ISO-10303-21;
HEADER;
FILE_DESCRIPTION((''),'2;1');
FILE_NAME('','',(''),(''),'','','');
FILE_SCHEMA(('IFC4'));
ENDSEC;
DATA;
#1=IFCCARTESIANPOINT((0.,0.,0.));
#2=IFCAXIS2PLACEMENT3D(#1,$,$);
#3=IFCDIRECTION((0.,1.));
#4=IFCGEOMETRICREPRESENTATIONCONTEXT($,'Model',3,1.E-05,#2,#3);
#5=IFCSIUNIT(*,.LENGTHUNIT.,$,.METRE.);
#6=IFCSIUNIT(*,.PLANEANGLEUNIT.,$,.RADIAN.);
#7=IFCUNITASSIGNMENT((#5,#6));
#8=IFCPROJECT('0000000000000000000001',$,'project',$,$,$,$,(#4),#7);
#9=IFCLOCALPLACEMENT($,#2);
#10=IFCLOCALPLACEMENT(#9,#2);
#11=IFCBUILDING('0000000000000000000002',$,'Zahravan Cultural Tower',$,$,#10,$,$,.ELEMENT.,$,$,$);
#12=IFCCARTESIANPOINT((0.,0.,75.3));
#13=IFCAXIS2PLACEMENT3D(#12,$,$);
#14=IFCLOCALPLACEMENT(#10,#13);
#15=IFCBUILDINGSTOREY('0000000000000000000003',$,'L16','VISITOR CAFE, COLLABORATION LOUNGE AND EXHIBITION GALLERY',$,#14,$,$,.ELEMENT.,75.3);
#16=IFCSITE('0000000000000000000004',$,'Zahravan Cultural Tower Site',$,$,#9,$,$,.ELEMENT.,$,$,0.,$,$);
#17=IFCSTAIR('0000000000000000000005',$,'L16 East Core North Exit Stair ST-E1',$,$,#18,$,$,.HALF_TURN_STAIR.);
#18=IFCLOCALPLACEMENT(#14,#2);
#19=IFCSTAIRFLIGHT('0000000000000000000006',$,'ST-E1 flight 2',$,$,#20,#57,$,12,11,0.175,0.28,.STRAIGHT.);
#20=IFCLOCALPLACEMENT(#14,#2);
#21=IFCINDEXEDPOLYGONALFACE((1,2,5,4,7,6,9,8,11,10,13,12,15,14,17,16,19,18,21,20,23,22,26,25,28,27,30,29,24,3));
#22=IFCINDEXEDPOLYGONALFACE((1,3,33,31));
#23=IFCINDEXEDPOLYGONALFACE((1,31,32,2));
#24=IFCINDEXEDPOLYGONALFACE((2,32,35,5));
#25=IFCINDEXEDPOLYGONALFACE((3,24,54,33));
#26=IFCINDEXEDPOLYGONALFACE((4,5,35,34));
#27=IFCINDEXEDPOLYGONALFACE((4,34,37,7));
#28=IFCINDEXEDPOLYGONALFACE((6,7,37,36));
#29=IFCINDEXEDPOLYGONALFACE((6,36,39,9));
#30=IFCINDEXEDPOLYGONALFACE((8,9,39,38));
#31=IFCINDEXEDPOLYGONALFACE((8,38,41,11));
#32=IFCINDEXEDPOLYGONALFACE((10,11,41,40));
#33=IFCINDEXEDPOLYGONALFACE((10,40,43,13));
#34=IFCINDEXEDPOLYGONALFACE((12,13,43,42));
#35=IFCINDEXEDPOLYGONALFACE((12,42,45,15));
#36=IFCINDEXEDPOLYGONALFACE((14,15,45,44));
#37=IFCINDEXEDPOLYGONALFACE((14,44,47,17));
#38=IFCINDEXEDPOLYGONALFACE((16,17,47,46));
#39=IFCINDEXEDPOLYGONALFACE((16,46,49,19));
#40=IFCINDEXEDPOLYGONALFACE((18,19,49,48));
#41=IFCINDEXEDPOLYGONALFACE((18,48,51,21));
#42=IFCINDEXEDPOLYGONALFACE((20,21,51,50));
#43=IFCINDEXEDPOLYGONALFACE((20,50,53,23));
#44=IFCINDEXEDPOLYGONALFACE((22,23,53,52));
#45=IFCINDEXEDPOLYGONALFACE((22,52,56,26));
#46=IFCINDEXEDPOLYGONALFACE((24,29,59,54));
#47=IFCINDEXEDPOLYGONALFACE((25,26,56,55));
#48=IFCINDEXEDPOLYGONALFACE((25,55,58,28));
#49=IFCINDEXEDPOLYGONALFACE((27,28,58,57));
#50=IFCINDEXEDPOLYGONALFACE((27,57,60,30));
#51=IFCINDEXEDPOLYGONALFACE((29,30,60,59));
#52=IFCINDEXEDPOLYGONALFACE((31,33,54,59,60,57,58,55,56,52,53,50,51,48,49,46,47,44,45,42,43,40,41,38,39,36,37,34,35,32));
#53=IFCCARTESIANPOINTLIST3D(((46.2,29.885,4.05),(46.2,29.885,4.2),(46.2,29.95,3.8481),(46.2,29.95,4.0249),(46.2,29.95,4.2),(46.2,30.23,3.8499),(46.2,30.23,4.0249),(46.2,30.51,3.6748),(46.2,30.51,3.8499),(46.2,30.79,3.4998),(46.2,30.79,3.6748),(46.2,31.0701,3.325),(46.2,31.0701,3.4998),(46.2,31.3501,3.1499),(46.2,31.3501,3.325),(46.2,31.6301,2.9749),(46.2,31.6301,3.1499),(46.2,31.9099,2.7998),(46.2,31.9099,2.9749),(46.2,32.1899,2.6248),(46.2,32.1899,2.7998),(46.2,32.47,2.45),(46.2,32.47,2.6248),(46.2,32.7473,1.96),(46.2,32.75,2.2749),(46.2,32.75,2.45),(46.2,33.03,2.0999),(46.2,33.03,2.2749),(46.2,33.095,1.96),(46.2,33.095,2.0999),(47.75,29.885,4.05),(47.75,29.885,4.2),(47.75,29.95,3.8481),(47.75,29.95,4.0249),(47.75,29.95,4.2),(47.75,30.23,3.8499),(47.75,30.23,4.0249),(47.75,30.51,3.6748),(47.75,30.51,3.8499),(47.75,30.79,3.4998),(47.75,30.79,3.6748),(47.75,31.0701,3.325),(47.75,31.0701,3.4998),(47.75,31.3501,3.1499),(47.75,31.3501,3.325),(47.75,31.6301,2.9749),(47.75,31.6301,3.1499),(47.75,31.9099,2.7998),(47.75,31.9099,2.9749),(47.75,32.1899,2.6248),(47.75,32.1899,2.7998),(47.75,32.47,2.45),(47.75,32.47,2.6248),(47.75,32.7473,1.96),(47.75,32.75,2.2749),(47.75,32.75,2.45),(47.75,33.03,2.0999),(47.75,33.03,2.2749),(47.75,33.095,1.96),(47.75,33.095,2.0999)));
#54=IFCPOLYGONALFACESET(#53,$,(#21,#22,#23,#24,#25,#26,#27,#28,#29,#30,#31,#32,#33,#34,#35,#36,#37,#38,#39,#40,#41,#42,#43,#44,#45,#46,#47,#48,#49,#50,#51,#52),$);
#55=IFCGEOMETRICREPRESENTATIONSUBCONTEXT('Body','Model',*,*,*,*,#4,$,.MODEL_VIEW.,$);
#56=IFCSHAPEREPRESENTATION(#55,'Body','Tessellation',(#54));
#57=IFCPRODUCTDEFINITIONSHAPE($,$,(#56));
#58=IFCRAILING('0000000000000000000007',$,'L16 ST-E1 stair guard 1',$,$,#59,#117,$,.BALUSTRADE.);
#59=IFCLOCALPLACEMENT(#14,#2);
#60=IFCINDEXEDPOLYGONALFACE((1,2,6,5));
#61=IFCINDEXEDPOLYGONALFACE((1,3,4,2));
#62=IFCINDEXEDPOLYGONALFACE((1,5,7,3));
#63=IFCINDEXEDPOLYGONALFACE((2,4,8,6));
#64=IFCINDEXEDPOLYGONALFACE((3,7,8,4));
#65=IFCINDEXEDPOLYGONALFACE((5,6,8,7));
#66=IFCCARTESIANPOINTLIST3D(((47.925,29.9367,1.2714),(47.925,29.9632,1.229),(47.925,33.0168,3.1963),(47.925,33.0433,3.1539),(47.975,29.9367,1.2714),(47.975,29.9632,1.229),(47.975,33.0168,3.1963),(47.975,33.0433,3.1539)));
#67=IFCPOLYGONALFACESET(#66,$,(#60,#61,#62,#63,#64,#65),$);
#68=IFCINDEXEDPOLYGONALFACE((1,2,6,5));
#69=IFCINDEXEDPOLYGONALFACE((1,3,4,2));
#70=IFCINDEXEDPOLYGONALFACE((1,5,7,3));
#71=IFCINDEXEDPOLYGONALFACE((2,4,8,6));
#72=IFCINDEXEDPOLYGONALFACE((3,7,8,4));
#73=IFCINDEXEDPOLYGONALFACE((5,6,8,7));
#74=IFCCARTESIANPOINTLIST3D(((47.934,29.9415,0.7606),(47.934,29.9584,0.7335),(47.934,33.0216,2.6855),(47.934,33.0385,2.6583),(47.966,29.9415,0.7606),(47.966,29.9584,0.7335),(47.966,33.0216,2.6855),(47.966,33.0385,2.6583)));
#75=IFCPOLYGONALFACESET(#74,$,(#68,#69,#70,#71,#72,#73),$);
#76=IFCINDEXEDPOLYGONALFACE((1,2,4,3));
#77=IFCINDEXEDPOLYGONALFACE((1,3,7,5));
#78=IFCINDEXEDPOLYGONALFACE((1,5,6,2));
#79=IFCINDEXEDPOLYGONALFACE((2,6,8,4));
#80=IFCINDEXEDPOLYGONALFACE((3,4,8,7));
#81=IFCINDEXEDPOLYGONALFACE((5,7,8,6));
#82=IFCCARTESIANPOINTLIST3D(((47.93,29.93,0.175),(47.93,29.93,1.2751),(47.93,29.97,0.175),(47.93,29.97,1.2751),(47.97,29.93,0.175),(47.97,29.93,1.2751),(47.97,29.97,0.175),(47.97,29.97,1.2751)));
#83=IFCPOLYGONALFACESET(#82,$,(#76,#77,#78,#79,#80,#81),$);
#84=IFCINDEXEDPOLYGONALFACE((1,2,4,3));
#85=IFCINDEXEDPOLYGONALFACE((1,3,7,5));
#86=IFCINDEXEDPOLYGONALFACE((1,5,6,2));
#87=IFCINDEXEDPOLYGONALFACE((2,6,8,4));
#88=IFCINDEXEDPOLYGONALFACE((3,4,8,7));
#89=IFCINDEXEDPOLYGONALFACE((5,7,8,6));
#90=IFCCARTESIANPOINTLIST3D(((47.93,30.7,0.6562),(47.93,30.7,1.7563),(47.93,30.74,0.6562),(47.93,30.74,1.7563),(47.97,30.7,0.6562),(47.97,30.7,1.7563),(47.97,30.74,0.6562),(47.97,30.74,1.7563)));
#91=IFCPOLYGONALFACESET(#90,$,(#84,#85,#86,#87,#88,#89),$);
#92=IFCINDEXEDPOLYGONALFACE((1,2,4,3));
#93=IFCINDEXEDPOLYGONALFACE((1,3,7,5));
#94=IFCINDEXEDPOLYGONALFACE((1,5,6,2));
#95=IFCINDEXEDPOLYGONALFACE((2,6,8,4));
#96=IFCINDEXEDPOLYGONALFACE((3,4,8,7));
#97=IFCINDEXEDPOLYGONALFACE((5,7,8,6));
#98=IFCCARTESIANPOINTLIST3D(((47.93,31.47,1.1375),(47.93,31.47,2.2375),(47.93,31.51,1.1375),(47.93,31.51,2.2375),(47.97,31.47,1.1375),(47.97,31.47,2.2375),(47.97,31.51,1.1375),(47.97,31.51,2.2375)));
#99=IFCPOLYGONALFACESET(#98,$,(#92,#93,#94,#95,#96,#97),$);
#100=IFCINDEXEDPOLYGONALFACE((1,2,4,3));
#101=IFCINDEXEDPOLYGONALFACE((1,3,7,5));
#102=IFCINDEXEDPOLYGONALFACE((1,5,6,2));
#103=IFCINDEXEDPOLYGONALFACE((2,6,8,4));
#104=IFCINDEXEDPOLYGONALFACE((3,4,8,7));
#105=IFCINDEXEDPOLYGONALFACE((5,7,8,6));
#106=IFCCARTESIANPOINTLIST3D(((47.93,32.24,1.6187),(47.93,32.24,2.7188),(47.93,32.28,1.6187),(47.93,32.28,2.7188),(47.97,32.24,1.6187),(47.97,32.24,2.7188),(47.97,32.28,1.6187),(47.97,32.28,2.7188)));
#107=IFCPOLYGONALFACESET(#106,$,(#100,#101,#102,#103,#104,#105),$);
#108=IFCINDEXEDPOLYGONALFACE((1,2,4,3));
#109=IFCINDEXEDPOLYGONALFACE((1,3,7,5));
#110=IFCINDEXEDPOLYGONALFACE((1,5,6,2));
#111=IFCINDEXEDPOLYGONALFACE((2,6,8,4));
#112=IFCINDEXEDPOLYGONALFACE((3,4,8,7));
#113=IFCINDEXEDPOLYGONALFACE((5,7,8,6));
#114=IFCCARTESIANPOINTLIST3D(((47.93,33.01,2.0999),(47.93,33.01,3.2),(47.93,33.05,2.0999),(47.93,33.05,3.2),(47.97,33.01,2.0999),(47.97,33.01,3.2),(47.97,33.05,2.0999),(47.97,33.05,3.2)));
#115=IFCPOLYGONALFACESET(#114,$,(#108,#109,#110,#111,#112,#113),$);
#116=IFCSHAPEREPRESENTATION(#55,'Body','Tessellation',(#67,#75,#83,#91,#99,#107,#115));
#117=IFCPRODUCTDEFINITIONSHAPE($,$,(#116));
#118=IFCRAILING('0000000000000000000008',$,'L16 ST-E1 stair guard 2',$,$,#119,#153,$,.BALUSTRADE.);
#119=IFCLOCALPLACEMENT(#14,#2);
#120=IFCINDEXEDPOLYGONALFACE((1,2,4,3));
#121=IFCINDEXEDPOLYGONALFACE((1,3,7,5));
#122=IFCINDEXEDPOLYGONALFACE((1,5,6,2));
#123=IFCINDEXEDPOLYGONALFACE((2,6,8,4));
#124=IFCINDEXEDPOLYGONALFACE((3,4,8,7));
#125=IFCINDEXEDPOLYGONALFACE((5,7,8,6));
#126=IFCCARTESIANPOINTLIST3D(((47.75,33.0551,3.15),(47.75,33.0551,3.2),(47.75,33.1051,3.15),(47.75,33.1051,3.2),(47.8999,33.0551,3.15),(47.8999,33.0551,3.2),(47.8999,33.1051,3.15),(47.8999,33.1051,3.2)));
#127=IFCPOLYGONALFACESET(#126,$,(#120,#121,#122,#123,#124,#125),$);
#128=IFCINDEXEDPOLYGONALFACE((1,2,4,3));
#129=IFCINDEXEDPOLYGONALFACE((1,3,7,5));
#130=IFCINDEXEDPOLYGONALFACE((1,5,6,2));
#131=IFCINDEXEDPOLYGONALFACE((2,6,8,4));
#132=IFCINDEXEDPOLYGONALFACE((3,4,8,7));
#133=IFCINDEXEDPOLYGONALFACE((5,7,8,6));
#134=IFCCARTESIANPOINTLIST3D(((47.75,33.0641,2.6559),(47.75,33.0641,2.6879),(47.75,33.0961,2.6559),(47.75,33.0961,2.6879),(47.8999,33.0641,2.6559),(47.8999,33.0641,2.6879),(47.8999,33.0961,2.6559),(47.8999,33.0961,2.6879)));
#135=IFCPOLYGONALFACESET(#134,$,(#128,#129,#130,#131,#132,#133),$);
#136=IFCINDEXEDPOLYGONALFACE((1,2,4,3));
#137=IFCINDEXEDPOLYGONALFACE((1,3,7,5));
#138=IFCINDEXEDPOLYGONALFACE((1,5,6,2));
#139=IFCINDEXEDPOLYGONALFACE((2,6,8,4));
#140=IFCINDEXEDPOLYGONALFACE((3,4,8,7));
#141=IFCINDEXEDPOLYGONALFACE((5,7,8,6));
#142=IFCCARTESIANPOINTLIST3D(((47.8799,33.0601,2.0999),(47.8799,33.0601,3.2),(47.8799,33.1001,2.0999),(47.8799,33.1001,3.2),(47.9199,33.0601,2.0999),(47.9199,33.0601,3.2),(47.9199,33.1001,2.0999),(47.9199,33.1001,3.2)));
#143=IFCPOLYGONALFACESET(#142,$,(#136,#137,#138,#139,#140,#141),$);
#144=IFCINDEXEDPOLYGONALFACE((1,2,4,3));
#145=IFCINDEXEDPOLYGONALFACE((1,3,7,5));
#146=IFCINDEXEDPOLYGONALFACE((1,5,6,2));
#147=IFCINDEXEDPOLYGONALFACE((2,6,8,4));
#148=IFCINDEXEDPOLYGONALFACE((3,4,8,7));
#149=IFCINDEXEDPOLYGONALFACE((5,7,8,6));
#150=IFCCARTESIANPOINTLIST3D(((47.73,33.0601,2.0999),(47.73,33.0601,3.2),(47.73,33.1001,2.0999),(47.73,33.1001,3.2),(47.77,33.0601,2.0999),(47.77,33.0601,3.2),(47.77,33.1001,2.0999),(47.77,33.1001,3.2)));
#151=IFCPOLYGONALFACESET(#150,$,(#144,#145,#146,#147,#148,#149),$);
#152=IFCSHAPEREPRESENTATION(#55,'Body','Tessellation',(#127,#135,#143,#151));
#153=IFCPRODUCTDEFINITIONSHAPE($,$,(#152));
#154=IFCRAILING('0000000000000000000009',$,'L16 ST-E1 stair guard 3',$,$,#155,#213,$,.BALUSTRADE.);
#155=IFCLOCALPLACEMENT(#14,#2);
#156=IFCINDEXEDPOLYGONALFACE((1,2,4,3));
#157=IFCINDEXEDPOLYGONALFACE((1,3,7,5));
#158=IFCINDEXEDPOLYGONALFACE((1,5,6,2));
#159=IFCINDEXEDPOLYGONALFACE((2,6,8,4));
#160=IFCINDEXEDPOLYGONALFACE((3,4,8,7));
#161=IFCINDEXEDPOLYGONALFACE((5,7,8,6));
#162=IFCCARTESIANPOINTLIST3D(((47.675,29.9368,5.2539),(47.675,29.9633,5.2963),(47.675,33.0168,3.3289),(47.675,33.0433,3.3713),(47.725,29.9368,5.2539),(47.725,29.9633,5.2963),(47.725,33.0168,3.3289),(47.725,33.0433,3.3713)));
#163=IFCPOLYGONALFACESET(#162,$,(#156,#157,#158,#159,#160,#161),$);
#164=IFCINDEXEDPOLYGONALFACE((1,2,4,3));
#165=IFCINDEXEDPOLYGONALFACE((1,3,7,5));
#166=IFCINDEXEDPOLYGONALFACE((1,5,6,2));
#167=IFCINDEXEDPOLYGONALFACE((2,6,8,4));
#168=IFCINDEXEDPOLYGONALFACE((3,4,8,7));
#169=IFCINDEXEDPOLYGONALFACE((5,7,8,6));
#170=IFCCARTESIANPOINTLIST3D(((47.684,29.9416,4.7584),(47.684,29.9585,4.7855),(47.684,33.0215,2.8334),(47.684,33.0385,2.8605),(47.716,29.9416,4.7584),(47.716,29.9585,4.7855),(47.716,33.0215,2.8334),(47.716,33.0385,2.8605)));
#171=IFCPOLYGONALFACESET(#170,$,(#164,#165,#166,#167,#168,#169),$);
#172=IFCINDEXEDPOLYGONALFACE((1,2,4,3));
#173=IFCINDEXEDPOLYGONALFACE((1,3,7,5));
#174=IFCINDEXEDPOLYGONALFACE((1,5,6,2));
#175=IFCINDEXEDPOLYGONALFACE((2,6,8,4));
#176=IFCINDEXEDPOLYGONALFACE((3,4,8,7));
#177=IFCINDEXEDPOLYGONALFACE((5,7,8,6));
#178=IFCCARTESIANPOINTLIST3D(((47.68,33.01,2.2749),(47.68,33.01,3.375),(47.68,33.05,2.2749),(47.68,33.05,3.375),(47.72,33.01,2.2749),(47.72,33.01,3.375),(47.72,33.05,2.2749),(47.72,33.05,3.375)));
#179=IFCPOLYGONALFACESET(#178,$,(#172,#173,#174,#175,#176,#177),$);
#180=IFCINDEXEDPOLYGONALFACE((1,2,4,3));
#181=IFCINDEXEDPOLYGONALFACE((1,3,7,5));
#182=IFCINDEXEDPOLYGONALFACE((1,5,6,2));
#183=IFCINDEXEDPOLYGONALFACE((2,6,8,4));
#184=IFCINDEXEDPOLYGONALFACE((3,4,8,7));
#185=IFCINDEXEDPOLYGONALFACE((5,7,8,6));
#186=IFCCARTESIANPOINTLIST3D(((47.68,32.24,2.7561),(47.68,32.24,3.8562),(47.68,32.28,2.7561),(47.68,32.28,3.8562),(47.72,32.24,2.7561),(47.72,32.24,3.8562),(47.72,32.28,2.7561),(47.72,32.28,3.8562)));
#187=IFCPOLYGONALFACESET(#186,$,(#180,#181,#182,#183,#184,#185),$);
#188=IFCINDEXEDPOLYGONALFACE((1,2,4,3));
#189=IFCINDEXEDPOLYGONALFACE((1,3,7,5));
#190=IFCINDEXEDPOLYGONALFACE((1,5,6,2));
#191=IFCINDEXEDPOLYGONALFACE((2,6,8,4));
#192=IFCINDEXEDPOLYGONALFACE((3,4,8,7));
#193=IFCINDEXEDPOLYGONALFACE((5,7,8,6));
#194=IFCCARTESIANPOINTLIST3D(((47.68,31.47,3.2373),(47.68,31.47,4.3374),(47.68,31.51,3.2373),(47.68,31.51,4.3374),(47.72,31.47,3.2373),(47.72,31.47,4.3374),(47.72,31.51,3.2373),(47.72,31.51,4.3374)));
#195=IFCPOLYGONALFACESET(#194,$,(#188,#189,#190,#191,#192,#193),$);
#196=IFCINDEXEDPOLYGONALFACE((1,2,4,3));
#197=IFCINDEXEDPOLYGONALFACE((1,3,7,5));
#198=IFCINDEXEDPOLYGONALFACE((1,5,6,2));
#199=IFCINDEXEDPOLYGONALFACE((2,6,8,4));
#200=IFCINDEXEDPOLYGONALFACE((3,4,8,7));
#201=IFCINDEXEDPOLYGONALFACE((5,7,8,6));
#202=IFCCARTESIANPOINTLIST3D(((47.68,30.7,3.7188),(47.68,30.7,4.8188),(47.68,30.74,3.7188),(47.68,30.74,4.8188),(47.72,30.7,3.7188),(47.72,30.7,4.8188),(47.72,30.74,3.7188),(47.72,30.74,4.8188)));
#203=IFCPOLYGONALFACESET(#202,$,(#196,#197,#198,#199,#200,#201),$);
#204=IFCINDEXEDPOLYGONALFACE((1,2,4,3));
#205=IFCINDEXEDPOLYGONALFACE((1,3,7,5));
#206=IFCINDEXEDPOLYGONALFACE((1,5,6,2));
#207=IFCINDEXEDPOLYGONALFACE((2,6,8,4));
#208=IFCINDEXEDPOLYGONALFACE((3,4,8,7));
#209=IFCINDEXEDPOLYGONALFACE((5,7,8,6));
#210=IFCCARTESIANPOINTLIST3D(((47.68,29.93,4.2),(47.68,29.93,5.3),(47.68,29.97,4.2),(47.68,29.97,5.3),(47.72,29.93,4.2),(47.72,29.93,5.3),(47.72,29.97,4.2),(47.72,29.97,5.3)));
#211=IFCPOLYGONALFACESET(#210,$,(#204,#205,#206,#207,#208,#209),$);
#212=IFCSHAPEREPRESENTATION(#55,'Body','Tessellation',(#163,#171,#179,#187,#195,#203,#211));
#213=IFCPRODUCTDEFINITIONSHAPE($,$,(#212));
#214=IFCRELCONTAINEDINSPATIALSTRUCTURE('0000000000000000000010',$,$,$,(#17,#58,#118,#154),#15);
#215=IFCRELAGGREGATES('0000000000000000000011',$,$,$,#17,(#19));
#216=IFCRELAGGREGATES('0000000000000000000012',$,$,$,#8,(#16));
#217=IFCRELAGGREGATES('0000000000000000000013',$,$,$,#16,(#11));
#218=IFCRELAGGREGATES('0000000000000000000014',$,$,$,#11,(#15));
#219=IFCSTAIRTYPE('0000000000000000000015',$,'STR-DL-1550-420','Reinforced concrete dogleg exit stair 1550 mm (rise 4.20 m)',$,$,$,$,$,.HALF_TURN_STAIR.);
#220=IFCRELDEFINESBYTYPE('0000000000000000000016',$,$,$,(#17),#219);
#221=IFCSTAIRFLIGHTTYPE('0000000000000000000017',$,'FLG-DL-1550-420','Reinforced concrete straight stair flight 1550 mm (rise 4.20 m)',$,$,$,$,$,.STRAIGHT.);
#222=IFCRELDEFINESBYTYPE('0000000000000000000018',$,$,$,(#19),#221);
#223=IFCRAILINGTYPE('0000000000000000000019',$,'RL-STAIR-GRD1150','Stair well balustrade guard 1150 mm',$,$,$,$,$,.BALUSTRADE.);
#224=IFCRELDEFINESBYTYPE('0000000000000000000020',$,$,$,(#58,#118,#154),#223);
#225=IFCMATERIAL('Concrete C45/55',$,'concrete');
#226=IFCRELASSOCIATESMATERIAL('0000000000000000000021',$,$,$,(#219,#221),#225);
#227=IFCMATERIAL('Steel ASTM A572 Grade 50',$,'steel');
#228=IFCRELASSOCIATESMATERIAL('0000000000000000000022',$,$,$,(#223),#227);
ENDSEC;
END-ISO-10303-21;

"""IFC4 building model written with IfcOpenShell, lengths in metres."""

from ifc_helpers import new_model, si_unit, direction, frame, origin, origin_2d, place, context, subcontext, project, spatial, polyline, rectangle, outline, extrude, material, type_object, element, aggregate, save


model = new_model("IFC4")

# Units and contexts
model_context = context("Model", 3, precision=1e-05, world=origin(), true_north=direction((0.0, 1.0)))
body_context = subcontext(model_context, "Body", "Model", "MODEL_VIEW")
ifc_project = project(units=[si_unit("LENGTHUNIT", "METRE"), si_unit("PLANEANGLEUNIT", "RADIAN")], contexts=[model_context])

# Site, building, storey
site_placement = place(None, origin())
site = spatial("IfcSite", under=ifc_project, at=site_placement, Name="Zahravan Cultural Tower Site", CompositionType="ELEMENT", RefElevation=0.0)
building_placement = place(site_placement, origin())
building = spatial("IfcBuilding", under=site, at=building_placement, Name="Zahravan Cultural Tower", CompositionType="ELEMENT")
storey_placement = place(building_placement, frame((0.0, 0.0, 75.3)))
storey = spatial("IfcBuildingStorey", under=building, at=storey_placement, Name="L16", Description="VISITOR CAFE, COLLABORATION LOUNGE AND EXHIBITION GALLERY", CompositionType="ELEMENT", Elevation=75.3)

# Shared definitions
ifc_material_1 = material(Name="Steel ASTM A572 Grade 50", Category="steel")
ifc_material_2 = material(Name="Concrete C45/55", Category="concrete")

# Stair, stair flight
stair_type = type_object("IfcStairType", Name="STR-DL-1550-420", Description="Reinforced concrete dogleg exit stair 1550 mm (rise 4.20 m)", PredefinedType="HALF_TURN_STAIR", material=ifc_material_2)
stair_placement = place(storey_placement, origin())
stair = element("IfcStair", 1, at=stair_placement, inside=storey, type_object=stair_type, Name="L16 East Core North Exit Stair ST-E1", PredefinedType="HALF_TURN_STAIR")
stair_flight_type = type_object("IfcStairFlightType", Name="FLG-DL-1550-420", Description="Reinforced concrete straight stair flight 1550 mm (rise 4.20 m)", PredefinedType="STRAIGHT", material=ifc_material_2)
stair_flight_1_placement = place(storey_placement, frame((46.9751, 33.03, 2.0999), z_axis=(0.0, 0.0, 1.0), x_axis=(0.0, -1.0, 0.0)))
stair_flight_1 = element("IfcStairFlight", 2, at=stair_flight_1_placement, type_object=stair_flight_type, Name="ST-E1 flight 2", NumberOfRisers=12, NumberOfTreads=11, PredefinedType="STRAIGHT", RiserHeight=0.175, TreadLength=0.28, context=body_context, shape_type="SweptSolid", body=[
    extrude(outline(polyline([(-0.0649, -0.1399), (-0.0649, 0.0), (0.0, 0.0), (0.0, 0.175), (0.28, 0.175), (0.28, 0.3501), (0.5601, 0.3501), (0.5601, 0.5249), (0.8401, 0.5249), (0.8401, 0.7), (1.1201, 0.7), (1.1201, 0.875), (1.3999, 0.875), (1.3999, 1.05), (1.6799, 1.05), (1.6799, 1.2251), (1.96, 1.2251), (1.96, 1.3999), (2.24, 1.3999), (2.24, 1.575), (2.52, 1.575), (2.52, 1.75), (2.8, 1.75), (2.8, 1.925), (3.0801, 1.925), (3.0801, 2.1001), (3.145, 2.1001), (3.145, 1.9502), (3.0801, 1.7483), (0.2827, -0.1399), (-0.0649, -0.1399)])), frame((0.0, 0.7749, 0.0), z_axis=(0.0, -1.0, 0.0), x_axis=(1.0, 0.0, 0.0)), (0.0, 0.0, 1.0), 1.55),
])
aggregate(stair, [stair_flight_1])

# Railings
railing_type_1 = type_object("IfcRailingType", Name="RL-STAIR-GRD1150", Description="Stair well balustrade guard 1150 mm", PredefinedType="BALUSTRADE", material=ifc_material_1)
railing_1_placement = place(storey_placement, frame((47.95, 29.95, 0.175)))
element("IfcRailing", 3, at=railing_1_placement, inside=storey, type_object=railing_type_1, Name="L16 ST-E1 stair guard 1", PredefinedType="BALUSTRADE", context=body_context, shape_type="SweptSolid", body=[
    extrude(rectangle(XDim=0.05, YDim=0.05, at=origin_2d()), frame((0.0, 0.0, 1.0752), z_axis=(0.0, 0.848029, 0.529951), x_axis=(-1.0, 0.0, 0.0)), (0.0, 0.0, 1.0), 3.6321),
    extrude(rectangle(XDim=0.032, YDim=0.032, at=origin_2d()), frame((0.0, 0.0, 0.572), z_axis=(0.0, 0.848029, 0.529951), x_axis=(-1.0, 0.0, 0.0)), (0.0, 0.0, 1.0), 3.6321),
    extrude(rectangle(XDim=0.04, YDim=0.04, at=origin_2d()), origin(), (0.0, 0.0, 1.0), 1.1001),
    extrude(rectangle(XDim=0.04, YDim=0.04, at=origin_2d()), frame((0.0, 0.77, 0.4812)), (0.0, 0.0, 1.0), 1.1001),
    extrude(rectangle(XDim=0.04, YDim=0.04, at=origin_2d()), frame((0.0, 1.54, 0.9624)), (0.0, 0.0, 1.0), 1.1001),
    extrude(rectangle(XDim=0.04, YDim=0.04, at=origin_2d()), frame((0.0, 2.3101, 1.4436)), (0.0, 0.0, 1.0), 1.1001),
    extrude(rectangle(XDim=0.04, YDim=0.04, at=origin_2d()), frame((0.0, 3.0801, 1.9248)), (0.0, 0.0, 1.0), 1.1001),
])
railing_2_placement = place(storey_placement, frame((47.8999, 33.0801, 2.0999)))
element("IfcRailing", 4, at=railing_2_placement, inside=storey, type_object=railing_type_1, Name="L16 ST-E1 stair guard 2", PredefinedType="BALUSTRADE", context=body_context, shape_type="SweptSolid", body=[
    extrude(rectangle(XDim=0.05, YDim=0.05, at=origin_2d()), frame((0.0, 0.0, 1.0752), z_axis=(-1.0, 0.0, 0.0), x_axis=(0.0, -1.0, 0.0)), (0.0, 0.0, 1.0), 0.1499),
    extrude(rectangle(XDim=0.032, YDim=0.032, at=origin_2d()), frame((0.0, 0.0, 0.572), z_axis=(-1.0, 0.0, 0.0), x_axis=(0.0, -1.0, 0.0)), (0.0, 0.0, 1.0), 0.1499),
    extrude(rectangle(XDim=0.04, YDim=0.04, at=origin_2d()), origin(), (0.0, 0.0, 1.0), 1.1001),
    extrude(rectangle(XDim=0.04, YDim=0.04, at=origin_2d()), frame((-0.1499, 0.0, 0.0)), (0.0, 0.0, 1.0), 1.1001),
])
railing_3_placement = place(storey_placement, frame((47.7, 33.03, 2.2749)))
element("IfcRailing", 5, at=railing_3_placement, inside=storey, type_object=railing_type_1, Name="L16 ST-E1 stair guard 3", PredefinedType="BALUSTRADE", context=body_context, shape_type="SweptSolid", body=[
    extrude(rectangle(XDim=0.05, YDim=0.05, at=origin_2d()), frame((0.0, 0.0, 1.0752), z_axis=(0.0, -0.847998, 0.529999), x_axis=(1.0, 0.0, 0.0)), (0.0, 0.0, 1.0), 3.6321),
    extrude(rectangle(XDim=0.032, YDim=0.032, at=origin_2d()), frame((0.0, 0.0, 0.572), z_axis=(0.0, -0.847998, 0.529999), x_axis=(1.0, 0.0, 0.0)), (0.0, 0.0, 1.0), 3.6321),
    extrude(rectangle(XDim=0.04, YDim=0.04, at=origin_2d()), origin(), (0.0, 0.0, 1.0), 1.1001),
    extrude(rectangle(XDim=0.04, YDim=0.04, at=origin_2d()), frame((0.0, -0.77, 0.4812)), (0.0, 0.0, 1.0), 1.1001),
    extrude(rectangle(XDim=0.04, YDim=0.04, at=origin_2d()), frame((0.0, -1.54, 0.9624)), (0.0, 0.0, 1.0), 1.1001),
    extrude(rectangle(XDim=0.04, YDim=0.04, at=origin_2d()), frame((0.0, -2.3101, 1.4438)), (0.0, 0.0, 1.0), 1.1001),
    extrude(rectangle(XDim=0.04, YDim=0.04, at=origin_2d()), frame((0.0, -3.0801, 1.925)), (0.0, 0.0, 1.0), 1.1001),
])

save(model, "model.ifc")
